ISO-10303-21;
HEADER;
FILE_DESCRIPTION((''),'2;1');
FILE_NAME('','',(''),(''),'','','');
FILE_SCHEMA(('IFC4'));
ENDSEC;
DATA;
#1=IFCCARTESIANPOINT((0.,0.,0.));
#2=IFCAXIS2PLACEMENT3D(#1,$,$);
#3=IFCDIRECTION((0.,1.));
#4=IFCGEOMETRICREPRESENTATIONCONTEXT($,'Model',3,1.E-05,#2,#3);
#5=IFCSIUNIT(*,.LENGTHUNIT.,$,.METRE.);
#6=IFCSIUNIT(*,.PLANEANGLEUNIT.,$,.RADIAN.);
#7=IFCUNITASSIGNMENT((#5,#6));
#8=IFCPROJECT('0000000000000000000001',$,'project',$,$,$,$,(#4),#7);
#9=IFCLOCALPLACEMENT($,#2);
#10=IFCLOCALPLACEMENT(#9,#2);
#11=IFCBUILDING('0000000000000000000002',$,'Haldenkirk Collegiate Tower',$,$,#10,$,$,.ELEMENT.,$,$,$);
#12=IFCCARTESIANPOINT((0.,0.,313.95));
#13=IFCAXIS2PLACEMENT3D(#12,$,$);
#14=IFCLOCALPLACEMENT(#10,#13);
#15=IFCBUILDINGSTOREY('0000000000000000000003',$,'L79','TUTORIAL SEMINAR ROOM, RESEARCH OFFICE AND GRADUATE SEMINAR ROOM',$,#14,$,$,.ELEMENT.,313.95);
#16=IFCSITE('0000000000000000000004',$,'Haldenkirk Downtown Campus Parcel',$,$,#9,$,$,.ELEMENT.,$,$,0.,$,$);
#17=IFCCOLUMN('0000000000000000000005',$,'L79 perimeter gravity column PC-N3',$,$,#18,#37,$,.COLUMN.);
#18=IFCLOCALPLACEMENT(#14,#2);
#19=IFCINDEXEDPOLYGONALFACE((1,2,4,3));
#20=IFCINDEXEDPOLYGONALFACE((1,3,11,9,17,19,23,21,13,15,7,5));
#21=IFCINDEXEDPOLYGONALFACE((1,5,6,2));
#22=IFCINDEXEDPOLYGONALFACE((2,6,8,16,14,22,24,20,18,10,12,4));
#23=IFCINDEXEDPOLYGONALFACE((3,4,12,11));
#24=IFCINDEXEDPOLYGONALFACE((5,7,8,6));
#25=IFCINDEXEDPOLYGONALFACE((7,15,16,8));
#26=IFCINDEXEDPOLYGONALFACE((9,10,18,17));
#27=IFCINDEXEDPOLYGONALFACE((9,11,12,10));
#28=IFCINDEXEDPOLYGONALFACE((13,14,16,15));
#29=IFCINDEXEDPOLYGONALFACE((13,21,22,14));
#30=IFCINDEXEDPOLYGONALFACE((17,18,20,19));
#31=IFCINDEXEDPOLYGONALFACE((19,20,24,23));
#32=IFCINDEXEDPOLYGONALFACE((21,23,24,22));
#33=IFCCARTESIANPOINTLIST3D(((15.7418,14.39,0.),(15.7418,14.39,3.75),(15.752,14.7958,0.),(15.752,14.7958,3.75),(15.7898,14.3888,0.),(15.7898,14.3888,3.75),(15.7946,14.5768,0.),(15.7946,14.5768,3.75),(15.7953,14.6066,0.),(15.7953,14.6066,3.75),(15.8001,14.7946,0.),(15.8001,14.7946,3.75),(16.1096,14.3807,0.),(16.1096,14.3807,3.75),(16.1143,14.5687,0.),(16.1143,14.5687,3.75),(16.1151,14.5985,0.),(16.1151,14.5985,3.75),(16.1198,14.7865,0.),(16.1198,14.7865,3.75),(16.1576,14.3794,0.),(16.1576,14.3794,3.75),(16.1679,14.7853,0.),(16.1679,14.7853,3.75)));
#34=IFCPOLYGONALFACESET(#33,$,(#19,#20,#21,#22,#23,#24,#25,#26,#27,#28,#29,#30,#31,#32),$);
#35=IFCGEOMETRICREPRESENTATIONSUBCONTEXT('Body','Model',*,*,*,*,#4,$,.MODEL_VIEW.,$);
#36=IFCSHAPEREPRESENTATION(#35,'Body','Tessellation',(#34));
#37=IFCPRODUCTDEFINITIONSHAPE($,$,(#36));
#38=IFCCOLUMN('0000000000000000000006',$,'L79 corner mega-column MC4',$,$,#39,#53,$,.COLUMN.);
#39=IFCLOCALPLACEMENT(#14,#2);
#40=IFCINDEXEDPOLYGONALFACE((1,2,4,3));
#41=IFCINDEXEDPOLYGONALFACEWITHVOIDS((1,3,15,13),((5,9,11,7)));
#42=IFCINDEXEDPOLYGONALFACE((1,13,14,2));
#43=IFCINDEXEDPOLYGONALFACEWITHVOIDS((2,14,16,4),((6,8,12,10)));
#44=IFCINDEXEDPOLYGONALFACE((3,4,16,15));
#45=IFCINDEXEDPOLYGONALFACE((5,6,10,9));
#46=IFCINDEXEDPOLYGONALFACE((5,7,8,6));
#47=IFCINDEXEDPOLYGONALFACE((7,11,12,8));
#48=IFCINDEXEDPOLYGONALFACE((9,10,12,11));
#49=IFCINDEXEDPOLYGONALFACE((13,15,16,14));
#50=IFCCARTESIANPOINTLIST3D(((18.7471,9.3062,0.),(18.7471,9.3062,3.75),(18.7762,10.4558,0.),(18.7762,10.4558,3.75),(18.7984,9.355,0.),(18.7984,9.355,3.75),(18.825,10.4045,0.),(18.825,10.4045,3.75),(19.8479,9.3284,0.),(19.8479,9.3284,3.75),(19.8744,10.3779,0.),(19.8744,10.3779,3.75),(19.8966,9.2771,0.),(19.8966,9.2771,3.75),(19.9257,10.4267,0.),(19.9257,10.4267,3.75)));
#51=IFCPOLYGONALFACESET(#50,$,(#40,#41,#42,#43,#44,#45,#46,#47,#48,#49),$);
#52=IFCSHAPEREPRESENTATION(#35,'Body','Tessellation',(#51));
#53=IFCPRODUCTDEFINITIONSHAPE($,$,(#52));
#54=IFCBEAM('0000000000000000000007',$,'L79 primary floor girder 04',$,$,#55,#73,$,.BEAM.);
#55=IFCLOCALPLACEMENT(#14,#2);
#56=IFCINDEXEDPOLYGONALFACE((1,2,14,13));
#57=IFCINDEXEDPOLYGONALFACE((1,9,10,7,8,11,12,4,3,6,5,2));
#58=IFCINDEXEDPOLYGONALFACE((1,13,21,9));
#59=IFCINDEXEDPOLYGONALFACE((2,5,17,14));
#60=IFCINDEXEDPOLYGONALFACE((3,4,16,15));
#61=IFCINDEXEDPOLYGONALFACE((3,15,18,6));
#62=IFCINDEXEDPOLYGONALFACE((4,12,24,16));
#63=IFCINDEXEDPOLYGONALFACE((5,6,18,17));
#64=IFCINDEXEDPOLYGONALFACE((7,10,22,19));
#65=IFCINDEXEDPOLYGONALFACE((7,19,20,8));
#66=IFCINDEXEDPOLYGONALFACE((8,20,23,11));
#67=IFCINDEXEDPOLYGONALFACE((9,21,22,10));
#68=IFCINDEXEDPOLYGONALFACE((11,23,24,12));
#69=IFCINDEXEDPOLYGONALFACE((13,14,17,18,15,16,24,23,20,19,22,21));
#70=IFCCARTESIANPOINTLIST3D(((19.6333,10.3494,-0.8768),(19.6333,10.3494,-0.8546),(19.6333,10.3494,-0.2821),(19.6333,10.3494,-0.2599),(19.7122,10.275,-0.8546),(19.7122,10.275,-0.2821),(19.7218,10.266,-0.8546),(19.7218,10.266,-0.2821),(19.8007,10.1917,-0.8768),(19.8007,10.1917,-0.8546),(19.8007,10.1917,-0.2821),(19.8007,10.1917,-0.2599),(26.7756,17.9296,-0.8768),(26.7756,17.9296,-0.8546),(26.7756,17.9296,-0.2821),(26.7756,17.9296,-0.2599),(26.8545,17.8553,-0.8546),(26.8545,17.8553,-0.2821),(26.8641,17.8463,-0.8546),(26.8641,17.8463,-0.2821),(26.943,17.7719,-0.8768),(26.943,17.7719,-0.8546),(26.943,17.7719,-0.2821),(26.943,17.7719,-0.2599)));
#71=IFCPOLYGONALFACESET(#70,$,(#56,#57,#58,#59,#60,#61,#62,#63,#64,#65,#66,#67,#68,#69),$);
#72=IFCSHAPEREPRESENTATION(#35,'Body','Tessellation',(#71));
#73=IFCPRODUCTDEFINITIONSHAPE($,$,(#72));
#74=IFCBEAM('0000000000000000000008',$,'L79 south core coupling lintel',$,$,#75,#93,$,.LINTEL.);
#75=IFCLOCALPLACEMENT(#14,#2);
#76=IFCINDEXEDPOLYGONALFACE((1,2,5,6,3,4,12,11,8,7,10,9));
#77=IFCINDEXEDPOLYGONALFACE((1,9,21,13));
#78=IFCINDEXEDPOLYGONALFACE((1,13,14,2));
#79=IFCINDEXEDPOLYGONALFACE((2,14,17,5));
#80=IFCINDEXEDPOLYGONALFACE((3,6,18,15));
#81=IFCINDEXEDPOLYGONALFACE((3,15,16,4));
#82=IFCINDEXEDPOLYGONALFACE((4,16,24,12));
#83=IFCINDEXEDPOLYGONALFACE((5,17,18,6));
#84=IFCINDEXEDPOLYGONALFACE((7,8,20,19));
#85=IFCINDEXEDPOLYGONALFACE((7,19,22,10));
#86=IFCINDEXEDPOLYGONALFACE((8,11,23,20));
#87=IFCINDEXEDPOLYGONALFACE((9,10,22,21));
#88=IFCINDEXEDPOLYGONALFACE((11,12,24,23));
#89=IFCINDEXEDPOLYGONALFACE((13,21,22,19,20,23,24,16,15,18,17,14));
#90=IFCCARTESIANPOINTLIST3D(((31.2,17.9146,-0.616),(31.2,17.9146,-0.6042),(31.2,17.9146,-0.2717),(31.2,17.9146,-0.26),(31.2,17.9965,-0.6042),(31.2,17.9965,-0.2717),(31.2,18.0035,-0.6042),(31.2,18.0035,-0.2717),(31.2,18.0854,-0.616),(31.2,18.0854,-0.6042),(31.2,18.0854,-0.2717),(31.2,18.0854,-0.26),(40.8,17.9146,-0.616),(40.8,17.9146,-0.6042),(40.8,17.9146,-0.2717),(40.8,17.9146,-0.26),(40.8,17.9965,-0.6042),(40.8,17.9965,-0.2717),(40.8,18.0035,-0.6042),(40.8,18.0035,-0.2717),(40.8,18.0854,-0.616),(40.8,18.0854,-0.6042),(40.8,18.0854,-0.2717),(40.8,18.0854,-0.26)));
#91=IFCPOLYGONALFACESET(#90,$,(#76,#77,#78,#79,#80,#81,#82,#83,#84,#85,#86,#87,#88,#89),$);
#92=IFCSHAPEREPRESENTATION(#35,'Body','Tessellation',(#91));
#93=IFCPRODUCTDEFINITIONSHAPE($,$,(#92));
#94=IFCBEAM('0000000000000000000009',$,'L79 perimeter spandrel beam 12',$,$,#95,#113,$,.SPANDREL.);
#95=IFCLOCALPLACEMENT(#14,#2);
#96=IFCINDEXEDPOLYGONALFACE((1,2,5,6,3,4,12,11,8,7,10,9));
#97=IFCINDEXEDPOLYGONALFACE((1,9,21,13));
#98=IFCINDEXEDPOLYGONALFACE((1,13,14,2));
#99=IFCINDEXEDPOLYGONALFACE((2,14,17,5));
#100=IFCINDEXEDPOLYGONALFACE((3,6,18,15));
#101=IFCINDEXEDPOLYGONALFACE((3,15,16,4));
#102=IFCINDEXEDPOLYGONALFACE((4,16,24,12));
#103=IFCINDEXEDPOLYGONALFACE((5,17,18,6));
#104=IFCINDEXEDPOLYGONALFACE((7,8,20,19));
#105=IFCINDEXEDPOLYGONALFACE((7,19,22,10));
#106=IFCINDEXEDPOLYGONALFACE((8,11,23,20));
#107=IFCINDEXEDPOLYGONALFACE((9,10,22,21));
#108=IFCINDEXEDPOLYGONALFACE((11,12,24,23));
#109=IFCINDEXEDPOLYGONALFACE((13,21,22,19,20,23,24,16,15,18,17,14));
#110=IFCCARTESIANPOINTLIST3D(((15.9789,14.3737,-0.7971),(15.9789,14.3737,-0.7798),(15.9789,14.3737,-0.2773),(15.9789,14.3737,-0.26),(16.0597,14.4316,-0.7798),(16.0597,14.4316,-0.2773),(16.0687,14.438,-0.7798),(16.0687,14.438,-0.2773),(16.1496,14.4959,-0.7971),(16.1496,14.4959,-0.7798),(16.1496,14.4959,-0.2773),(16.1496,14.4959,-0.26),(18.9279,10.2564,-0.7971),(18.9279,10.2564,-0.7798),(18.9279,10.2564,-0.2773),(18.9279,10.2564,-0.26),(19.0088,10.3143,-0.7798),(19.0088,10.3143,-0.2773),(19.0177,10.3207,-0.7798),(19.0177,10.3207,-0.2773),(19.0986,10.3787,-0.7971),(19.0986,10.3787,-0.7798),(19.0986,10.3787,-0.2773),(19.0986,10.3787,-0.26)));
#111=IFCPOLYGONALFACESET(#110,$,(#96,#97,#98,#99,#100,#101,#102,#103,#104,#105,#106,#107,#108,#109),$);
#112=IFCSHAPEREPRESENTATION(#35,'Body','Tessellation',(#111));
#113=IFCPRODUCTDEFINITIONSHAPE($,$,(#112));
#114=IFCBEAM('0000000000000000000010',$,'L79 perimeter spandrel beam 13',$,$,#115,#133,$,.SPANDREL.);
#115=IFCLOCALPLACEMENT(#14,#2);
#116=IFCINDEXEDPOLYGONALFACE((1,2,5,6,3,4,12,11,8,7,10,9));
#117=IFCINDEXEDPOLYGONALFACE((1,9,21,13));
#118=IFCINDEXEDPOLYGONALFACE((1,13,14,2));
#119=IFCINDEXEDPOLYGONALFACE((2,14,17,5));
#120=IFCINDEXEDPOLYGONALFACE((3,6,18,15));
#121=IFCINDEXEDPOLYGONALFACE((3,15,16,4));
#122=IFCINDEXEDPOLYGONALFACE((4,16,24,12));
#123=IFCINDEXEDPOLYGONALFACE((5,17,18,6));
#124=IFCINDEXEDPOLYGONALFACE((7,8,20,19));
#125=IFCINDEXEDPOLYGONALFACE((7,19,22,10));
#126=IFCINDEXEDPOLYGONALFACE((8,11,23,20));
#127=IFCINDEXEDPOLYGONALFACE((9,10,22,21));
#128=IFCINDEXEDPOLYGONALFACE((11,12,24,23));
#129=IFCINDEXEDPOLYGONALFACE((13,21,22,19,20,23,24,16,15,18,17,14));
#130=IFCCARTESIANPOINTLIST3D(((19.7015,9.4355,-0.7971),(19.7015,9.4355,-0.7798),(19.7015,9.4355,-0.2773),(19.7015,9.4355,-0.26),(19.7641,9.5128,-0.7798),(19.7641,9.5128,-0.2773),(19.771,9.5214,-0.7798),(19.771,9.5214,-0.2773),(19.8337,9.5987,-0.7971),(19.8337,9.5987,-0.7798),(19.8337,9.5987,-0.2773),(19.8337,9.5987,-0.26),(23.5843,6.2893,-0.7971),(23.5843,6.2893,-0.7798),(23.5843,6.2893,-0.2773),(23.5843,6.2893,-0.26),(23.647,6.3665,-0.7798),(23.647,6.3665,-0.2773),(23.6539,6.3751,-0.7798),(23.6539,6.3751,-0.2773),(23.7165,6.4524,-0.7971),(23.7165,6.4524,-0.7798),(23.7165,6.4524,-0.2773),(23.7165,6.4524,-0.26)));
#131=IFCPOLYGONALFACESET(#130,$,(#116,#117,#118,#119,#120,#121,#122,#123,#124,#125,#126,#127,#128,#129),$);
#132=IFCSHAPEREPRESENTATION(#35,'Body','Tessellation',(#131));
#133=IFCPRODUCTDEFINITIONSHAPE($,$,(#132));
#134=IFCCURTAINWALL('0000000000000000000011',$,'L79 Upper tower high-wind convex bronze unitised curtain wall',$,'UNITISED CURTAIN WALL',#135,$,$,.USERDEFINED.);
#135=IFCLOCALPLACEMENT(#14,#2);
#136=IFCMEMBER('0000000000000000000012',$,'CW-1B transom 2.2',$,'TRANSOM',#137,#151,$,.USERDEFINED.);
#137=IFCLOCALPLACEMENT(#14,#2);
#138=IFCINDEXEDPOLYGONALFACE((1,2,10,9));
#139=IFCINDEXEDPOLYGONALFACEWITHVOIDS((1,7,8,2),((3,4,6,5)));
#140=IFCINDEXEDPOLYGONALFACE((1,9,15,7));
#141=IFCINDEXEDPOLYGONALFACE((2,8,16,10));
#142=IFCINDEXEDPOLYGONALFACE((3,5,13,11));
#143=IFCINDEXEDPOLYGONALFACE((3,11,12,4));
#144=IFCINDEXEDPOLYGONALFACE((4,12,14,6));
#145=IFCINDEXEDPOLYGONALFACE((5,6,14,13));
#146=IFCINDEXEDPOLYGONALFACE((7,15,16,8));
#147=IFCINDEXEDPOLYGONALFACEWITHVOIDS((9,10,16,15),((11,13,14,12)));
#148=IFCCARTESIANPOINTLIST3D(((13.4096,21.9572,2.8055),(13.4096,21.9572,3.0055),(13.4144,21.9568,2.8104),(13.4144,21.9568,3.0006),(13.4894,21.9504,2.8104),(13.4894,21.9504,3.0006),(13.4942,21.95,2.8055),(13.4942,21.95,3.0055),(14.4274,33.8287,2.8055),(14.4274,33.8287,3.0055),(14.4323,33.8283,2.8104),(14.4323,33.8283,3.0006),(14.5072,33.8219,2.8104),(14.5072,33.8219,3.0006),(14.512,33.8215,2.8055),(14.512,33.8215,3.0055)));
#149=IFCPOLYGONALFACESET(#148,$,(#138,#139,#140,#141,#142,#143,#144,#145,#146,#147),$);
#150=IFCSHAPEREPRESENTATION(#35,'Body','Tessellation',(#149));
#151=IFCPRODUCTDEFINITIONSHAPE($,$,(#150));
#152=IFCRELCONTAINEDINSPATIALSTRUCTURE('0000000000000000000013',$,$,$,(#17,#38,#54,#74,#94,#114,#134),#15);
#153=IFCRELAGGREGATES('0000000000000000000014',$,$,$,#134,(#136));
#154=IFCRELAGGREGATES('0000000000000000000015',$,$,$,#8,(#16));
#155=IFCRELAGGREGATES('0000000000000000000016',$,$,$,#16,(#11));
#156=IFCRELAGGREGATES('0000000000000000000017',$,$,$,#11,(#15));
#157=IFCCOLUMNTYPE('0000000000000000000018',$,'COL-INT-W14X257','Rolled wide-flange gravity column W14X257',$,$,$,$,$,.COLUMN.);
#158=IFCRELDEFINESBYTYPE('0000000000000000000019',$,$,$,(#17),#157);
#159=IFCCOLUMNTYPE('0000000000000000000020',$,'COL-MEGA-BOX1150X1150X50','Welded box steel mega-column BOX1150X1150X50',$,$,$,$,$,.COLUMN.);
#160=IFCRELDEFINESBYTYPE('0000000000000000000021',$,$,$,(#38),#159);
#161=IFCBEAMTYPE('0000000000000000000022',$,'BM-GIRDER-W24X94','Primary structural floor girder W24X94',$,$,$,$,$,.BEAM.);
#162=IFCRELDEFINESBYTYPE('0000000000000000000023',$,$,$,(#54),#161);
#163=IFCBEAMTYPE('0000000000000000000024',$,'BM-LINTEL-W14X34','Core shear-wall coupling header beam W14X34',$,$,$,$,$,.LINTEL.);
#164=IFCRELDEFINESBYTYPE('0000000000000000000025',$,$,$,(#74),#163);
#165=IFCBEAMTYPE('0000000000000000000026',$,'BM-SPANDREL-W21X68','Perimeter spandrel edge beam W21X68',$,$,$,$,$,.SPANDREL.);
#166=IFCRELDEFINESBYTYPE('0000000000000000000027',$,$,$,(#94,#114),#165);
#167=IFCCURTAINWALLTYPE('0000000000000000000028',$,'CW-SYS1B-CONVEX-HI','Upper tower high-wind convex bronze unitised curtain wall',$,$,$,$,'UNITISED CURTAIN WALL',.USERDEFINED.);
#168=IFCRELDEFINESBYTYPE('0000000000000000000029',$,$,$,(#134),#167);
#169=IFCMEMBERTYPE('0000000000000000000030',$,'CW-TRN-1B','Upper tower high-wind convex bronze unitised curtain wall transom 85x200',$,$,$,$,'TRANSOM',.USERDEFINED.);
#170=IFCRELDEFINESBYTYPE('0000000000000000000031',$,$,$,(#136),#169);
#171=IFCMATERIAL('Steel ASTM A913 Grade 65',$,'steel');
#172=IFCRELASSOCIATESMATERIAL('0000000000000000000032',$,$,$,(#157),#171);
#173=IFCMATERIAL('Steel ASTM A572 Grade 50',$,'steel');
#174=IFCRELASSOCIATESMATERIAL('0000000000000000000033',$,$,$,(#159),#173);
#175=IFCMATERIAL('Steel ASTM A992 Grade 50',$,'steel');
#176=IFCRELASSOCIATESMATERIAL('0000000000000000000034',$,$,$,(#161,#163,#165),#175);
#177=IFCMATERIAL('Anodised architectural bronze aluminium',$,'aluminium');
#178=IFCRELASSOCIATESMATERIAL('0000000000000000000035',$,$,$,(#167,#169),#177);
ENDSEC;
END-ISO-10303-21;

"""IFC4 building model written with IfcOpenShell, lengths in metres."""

from ifc_helpers import new_model, si_unit, direction, frame, origin, origin_2d, place, context, subcontext, project, spatial, hollow_rectangle, i_section, extrude, material, material_profile, profile_set, type_object, element, aggregate, save


model = new_model("IFC4")

# Units and contexts
model_context = context("Model", 3, precision=1e-05, world=origin(), true_north=direction((0.0, 1.0)))
body_context = subcontext(model_context, "Body", "Model", "MODEL_VIEW")
ifc_project = project(units=[si_unit("LENGTHUNIT", "METRE"), si_unit("PLANEANGLEUNIT", "RADIAN")], contexts=[model_context])

# Site, building, storey
site_placement = place(None, origin())
site = spatial("IfcSite", under=ifc_project, at=site_placement, Name="Haldenkirk Downtown Campus Parcel", CompositionType="ELEMENT", RefElevation=0.0)
building_placement = place(site_placement, origin())
building = spatial("IfcBuilding", under=site, at=building_placement, Name="Haldenkirk Collegiate Tower", CompositionType="ELEMENT")
storey_placement = place(building_placement, frame((0.0, 0.0, 313.95)))
storey = spatial("IfcBuildingStorey", under=building, at=storey_placement, Name="L79", Description="TUTORIAL SEMINAR ROOM, RESEARCH OFFICE AND GRADUATE SEMINAR ROOM", CompositionType="ELEMENT", Elevation=313.95)

# Columns
ifc_material_1 = material(Name="Steel ASTM A913 Grade 65", Category="steel")
ifc_material_profile_1 = material_profile(ifc_material_1, i_section(OverallWidth=0.406, OverallDepth=0.416, WebThickness=0.0298, FlangeThickness=0.0481, at=origin_2d()), Name="W14X257")
ifc_profile_set_1 = profile_set([ifc_material_profile_1], Name="Steel ASTM A913 Grade 65")
column_type_1 = type_object("IfcColumnType", Name="COL-INT-W14X257", Description="Rolled wide-flange gravity column W14X257", PredefinedType="COLUMN", material=ifc_profile_set_1)
column_1_placement = place(storey_placement, frame((15.9548, 14.5876, 0.0), z_axis=(0.0, 0.0, 1.0), x_axis=(0.025305, 0.99968, 0.0)))
element("IfcColumn", 1, at=column_1_placement, inside=storey, type_object=column_type_1, Name="L79 perimeter gravity column PC-N3", PredefinedType="COLUMN", context=body_context, shape_type="SweptSolid", body=[
    extrude(i_section(OverallWidth=0.406, OverallDepth=0.416, WebThickness=0.0298, FlangeThickness=0.0481, at=origin_2d()), origin(), (0.0, 0.0, 1.0), 3.75),
])
ifc_material_2 = material(Name="Steel ASTM A572 Grade 50", Category="steel")
ifc_material_profile_2 = material_profile(ifc_material_2, hollow_rectangle(XDim=1.1499, YDim=1.1499, WallThickness=0.05, at=origin_2d()), Name="BOX1150X1150X50")
ifc_profile_set_2 = profile_set([ifc_material_profile_2], Name="Steel ASTM A572 Grade 50")
column_type_2 = type_object("IfcColumnType", Name="COL-MEGA-BOX1150X1150X50", Description="Welded box steel mega-column BOX1150X1150X50", PredefinedType="COLUMN", material=ifc_profile_set_2)
column_2_placement = place(storey_placement, frame((19.3364, 9.8665, 0.0), z_axis=(0.0, 0.0, 1.0), x_axis=(0.025305, 0.99968, 0.0)))
element("IfcColumn", 2, at=column_2_placement, inside=storey, type_object=column_type_2, Name="L79 corner mega-column MC4", PredefinedType="COLUMN", context=body_context, shape_type="SweptSolid", body=[
    extrude(hollow_rectangle(XDim=1.1499, YDim=1.1499, WallThickness=0.05, at=origin_2d()), origin(), (0.0, 0.0, 1.0), 3.75),
])

# Beams
ifc_material_3 = material(Name="Steel ASTM A992 Grade 50", Category="steel")
ifc_material_profile_3 = material_profile(ifc_material_3, i_section(OverallWidth=0.23, OverallDepth=0.6169, WebThickness=0.0132, FlangeThickness=0.0222, at=origin_2d()), Name="W24X94")
ifc_profile_set_3 = profile_set([ifc_material_profile_3], Name="Steel ASTM A992 Grade 50")
beam_type_1 = type_object("IfcBeamType", Name="BM-GIRDER-W24X94", Description="Primary structural floor girder W24X94", PredefinedType="BEAM", material=ifc_profile_set_3)
beam_1_placement = place(storey_placement, frame((19.717, 10.2705, -0.5684), z_axis=(0.685767, 0.727821, 0.0), x_axis=(-0.727821, 0.685767, 0.0)))
element("IfcBeam", 3, at=beam_1_placement, inside=storey, type_object=beam_type_1, Name="L79 primary floor girder 04", PredefinedType="BEAM", context=body_context, shape_type="SweptSolid", body=[
    extrude(i_section(OverallWidth=0.23, OverallDepth=0.6169, WebThickness=0.0132, FlangeThickness=0.0222, at=origin_2d()), origin(), (0.0, 0.0, 1.0), 10.415),
])
ifc_material_profile_4 = material_profile(ifc_material_3, i_section(OverallWidth=0.1709, OverallDepth=0.356, WebThickness=0.0071, FlangeThickness=0.0117, at=origin_2d()), Name="W14X34")
ifc_profile_set_4 = profile_set([ifc_material_profile_4], Name="Steel ASTM A992 Grade 50")
beam_type_2 = type_object("IfcBeamType", Name="BM-LINTEL-W14X34", Description="Core shear-wall coupling header beam W14X34", PredefinedType="LINTEL", material=ifc_profile_set_4)
beam_2_placement = place(storey_placement, frame((31.2, 18.0, -0.438), z_axis=(1.0, 0.0, 0.0), x_axis=(0.0, 1.0, 0.0)))
element("IfcBeam", 4, at=beam_2_placement, inside=storey, type_object=beam_type_2, Name="L79 south core coupling lintel", PredefinedType="LINTEL", context=body_context, shape_type="SweptSolid", body=[
    extrude(i_section(OverallWidth=0.1709, OverallDepth=0.356, WebThickness=0.0071, FlangeThickness=0.0117, at=origin_2d()), origin(), (0.0, 0.0, 1.0), 9.6001),
])
ifc_material_profile_5 = material_profile(ifc_material_3, i_section(OverallWidth=0.21, OverallDepth=0.5371, WebThickness=0.011, FlangeThickness=0.0173, at=origin_2d()), Name="W21X68")
ifc_profile_set_5 = profile_set([ifc_material_profile_5], Name="Steel ASTM A992 Grade 50")
beam_type_3 = type_object("IfcBeamType", Name="BM-SPANDREL-W21X68", Description="Perimeter spandrel edge beam W21X68", PredefinedType="SPANDREL", material=ifc_profile_set_5)
beam_3_placement = place(storey_placement, frame((16.0642, 14.4348, -0.5286), z_axis=(0.5823, -0.812974, 0.0), x_axis=(0.812974, 0.5823, 0.0)))
element("IfcBeam", 5, at=beam_3_placement, inside=storey, type_object=beam_type_3, Name="L79 perimeter spandrel beam 12", PredefinedType="SPANDREL", context=body_context, shape_type="SweptSolid", body=[
    extrude(i_section(OverallWidth=0.21, OverallDepth=0.5371, WebThickness=0.011, FlangeThickness=0.0173, at=origin_2d()), origin(), (0.0, 0.0, 1.0), 5.0645),
])
beam_4_placement = place(storey_placement, frame((19.7676, 9.5171, -0.5286), z_axis=(0.77695, -0.629562, 0.0), x_axis=(0.629562, 0.77695, 0.0)))
element("IfcBeam", 6, at=beam_4_placement, inside=storey, type_object=beam_type_3, Name="L79 perimeter spandrel beam 13", PredefinedType="SPANDREL", context=body_context, shape_type="SweptSolid", body=[
    extrude(i_section(OverallWidth=0.21, OverallDepth=0.5371, WebThickness=0.011, FlangeThickness=0.0173, at=origin_2d()), origin(), (0.0, 0.0, 1.0), 4.9976),
])

# Curtain wall, member
ifc_material_4 = material(Name="Anodised architectural bronze aluminium", Category="aluminium")
curtain_wall_type = type_object("IfcCurtainWallType", Name="CW-SYS1B-CONVEX-HI", Description="Upper tower high-wind convex bronze unitised curtain wall", ElementType="UNITISED CURTAIN WALL", PredefinedType="USERDEFINED", material=ifc_material_4)
curtain_wall_placement = place(storey_placement, origin())
curtain_wall = element("IfcCurtainWall", 7, at=curtain_wall_placement, inside=storey, type_object=curtain_wall_type, Name="L79 Upper tower high-wind convex bronze unitised curtain wall", ObjectType="UNITISED CURTAIN WALL", PredefinedType="USERDEFINED")
ifc_material_profile_6 = material_profile(ifc_material_4, hollow_rectangle(XDim=0.085, YDim=0.2, WallThickness=0.0049, at=origin_2d()), Name="CW-TRN-1B")
ifc_profile_set_6 = profile_set([ifc_material_profile_6], Name="Anodised architectural bronze aluminium")
member_type = type_object("IfcMemberType", Name="CW-TRN-1B", Description="Upper tower high-wind convex bronze unitised curtain wall transom 85x200", ElementType="TRANSOM", PredefinedType="USERDEFINED", material=ifc_profile_set_6)
member_placement = place(storey_placement, frame((13.4519, 21.9536, 2.9055), z_axis=(0.085423, 0.996345, 0.0), x_axis=(-0.996345, 0.085423, 0.0)))
member = element("IfcMember", 8, at=member_placement, type_object=member_type, Name="CW-1B transom 2.2", ObjectType="TRANSOM", PredefinedType="USERDEFINED", context=body_context, shape_type="SweptSolid", body=[
    extrude(hollow_rectangle(XDim=0.085, YDim=0.2, WallThickness=0.0049, at=origin_2d()), origin(), (0.0, 0.0, 1.0), 11.915),
])
aggregate(curtain_wall, [member])

save(model, "model.ifc")
